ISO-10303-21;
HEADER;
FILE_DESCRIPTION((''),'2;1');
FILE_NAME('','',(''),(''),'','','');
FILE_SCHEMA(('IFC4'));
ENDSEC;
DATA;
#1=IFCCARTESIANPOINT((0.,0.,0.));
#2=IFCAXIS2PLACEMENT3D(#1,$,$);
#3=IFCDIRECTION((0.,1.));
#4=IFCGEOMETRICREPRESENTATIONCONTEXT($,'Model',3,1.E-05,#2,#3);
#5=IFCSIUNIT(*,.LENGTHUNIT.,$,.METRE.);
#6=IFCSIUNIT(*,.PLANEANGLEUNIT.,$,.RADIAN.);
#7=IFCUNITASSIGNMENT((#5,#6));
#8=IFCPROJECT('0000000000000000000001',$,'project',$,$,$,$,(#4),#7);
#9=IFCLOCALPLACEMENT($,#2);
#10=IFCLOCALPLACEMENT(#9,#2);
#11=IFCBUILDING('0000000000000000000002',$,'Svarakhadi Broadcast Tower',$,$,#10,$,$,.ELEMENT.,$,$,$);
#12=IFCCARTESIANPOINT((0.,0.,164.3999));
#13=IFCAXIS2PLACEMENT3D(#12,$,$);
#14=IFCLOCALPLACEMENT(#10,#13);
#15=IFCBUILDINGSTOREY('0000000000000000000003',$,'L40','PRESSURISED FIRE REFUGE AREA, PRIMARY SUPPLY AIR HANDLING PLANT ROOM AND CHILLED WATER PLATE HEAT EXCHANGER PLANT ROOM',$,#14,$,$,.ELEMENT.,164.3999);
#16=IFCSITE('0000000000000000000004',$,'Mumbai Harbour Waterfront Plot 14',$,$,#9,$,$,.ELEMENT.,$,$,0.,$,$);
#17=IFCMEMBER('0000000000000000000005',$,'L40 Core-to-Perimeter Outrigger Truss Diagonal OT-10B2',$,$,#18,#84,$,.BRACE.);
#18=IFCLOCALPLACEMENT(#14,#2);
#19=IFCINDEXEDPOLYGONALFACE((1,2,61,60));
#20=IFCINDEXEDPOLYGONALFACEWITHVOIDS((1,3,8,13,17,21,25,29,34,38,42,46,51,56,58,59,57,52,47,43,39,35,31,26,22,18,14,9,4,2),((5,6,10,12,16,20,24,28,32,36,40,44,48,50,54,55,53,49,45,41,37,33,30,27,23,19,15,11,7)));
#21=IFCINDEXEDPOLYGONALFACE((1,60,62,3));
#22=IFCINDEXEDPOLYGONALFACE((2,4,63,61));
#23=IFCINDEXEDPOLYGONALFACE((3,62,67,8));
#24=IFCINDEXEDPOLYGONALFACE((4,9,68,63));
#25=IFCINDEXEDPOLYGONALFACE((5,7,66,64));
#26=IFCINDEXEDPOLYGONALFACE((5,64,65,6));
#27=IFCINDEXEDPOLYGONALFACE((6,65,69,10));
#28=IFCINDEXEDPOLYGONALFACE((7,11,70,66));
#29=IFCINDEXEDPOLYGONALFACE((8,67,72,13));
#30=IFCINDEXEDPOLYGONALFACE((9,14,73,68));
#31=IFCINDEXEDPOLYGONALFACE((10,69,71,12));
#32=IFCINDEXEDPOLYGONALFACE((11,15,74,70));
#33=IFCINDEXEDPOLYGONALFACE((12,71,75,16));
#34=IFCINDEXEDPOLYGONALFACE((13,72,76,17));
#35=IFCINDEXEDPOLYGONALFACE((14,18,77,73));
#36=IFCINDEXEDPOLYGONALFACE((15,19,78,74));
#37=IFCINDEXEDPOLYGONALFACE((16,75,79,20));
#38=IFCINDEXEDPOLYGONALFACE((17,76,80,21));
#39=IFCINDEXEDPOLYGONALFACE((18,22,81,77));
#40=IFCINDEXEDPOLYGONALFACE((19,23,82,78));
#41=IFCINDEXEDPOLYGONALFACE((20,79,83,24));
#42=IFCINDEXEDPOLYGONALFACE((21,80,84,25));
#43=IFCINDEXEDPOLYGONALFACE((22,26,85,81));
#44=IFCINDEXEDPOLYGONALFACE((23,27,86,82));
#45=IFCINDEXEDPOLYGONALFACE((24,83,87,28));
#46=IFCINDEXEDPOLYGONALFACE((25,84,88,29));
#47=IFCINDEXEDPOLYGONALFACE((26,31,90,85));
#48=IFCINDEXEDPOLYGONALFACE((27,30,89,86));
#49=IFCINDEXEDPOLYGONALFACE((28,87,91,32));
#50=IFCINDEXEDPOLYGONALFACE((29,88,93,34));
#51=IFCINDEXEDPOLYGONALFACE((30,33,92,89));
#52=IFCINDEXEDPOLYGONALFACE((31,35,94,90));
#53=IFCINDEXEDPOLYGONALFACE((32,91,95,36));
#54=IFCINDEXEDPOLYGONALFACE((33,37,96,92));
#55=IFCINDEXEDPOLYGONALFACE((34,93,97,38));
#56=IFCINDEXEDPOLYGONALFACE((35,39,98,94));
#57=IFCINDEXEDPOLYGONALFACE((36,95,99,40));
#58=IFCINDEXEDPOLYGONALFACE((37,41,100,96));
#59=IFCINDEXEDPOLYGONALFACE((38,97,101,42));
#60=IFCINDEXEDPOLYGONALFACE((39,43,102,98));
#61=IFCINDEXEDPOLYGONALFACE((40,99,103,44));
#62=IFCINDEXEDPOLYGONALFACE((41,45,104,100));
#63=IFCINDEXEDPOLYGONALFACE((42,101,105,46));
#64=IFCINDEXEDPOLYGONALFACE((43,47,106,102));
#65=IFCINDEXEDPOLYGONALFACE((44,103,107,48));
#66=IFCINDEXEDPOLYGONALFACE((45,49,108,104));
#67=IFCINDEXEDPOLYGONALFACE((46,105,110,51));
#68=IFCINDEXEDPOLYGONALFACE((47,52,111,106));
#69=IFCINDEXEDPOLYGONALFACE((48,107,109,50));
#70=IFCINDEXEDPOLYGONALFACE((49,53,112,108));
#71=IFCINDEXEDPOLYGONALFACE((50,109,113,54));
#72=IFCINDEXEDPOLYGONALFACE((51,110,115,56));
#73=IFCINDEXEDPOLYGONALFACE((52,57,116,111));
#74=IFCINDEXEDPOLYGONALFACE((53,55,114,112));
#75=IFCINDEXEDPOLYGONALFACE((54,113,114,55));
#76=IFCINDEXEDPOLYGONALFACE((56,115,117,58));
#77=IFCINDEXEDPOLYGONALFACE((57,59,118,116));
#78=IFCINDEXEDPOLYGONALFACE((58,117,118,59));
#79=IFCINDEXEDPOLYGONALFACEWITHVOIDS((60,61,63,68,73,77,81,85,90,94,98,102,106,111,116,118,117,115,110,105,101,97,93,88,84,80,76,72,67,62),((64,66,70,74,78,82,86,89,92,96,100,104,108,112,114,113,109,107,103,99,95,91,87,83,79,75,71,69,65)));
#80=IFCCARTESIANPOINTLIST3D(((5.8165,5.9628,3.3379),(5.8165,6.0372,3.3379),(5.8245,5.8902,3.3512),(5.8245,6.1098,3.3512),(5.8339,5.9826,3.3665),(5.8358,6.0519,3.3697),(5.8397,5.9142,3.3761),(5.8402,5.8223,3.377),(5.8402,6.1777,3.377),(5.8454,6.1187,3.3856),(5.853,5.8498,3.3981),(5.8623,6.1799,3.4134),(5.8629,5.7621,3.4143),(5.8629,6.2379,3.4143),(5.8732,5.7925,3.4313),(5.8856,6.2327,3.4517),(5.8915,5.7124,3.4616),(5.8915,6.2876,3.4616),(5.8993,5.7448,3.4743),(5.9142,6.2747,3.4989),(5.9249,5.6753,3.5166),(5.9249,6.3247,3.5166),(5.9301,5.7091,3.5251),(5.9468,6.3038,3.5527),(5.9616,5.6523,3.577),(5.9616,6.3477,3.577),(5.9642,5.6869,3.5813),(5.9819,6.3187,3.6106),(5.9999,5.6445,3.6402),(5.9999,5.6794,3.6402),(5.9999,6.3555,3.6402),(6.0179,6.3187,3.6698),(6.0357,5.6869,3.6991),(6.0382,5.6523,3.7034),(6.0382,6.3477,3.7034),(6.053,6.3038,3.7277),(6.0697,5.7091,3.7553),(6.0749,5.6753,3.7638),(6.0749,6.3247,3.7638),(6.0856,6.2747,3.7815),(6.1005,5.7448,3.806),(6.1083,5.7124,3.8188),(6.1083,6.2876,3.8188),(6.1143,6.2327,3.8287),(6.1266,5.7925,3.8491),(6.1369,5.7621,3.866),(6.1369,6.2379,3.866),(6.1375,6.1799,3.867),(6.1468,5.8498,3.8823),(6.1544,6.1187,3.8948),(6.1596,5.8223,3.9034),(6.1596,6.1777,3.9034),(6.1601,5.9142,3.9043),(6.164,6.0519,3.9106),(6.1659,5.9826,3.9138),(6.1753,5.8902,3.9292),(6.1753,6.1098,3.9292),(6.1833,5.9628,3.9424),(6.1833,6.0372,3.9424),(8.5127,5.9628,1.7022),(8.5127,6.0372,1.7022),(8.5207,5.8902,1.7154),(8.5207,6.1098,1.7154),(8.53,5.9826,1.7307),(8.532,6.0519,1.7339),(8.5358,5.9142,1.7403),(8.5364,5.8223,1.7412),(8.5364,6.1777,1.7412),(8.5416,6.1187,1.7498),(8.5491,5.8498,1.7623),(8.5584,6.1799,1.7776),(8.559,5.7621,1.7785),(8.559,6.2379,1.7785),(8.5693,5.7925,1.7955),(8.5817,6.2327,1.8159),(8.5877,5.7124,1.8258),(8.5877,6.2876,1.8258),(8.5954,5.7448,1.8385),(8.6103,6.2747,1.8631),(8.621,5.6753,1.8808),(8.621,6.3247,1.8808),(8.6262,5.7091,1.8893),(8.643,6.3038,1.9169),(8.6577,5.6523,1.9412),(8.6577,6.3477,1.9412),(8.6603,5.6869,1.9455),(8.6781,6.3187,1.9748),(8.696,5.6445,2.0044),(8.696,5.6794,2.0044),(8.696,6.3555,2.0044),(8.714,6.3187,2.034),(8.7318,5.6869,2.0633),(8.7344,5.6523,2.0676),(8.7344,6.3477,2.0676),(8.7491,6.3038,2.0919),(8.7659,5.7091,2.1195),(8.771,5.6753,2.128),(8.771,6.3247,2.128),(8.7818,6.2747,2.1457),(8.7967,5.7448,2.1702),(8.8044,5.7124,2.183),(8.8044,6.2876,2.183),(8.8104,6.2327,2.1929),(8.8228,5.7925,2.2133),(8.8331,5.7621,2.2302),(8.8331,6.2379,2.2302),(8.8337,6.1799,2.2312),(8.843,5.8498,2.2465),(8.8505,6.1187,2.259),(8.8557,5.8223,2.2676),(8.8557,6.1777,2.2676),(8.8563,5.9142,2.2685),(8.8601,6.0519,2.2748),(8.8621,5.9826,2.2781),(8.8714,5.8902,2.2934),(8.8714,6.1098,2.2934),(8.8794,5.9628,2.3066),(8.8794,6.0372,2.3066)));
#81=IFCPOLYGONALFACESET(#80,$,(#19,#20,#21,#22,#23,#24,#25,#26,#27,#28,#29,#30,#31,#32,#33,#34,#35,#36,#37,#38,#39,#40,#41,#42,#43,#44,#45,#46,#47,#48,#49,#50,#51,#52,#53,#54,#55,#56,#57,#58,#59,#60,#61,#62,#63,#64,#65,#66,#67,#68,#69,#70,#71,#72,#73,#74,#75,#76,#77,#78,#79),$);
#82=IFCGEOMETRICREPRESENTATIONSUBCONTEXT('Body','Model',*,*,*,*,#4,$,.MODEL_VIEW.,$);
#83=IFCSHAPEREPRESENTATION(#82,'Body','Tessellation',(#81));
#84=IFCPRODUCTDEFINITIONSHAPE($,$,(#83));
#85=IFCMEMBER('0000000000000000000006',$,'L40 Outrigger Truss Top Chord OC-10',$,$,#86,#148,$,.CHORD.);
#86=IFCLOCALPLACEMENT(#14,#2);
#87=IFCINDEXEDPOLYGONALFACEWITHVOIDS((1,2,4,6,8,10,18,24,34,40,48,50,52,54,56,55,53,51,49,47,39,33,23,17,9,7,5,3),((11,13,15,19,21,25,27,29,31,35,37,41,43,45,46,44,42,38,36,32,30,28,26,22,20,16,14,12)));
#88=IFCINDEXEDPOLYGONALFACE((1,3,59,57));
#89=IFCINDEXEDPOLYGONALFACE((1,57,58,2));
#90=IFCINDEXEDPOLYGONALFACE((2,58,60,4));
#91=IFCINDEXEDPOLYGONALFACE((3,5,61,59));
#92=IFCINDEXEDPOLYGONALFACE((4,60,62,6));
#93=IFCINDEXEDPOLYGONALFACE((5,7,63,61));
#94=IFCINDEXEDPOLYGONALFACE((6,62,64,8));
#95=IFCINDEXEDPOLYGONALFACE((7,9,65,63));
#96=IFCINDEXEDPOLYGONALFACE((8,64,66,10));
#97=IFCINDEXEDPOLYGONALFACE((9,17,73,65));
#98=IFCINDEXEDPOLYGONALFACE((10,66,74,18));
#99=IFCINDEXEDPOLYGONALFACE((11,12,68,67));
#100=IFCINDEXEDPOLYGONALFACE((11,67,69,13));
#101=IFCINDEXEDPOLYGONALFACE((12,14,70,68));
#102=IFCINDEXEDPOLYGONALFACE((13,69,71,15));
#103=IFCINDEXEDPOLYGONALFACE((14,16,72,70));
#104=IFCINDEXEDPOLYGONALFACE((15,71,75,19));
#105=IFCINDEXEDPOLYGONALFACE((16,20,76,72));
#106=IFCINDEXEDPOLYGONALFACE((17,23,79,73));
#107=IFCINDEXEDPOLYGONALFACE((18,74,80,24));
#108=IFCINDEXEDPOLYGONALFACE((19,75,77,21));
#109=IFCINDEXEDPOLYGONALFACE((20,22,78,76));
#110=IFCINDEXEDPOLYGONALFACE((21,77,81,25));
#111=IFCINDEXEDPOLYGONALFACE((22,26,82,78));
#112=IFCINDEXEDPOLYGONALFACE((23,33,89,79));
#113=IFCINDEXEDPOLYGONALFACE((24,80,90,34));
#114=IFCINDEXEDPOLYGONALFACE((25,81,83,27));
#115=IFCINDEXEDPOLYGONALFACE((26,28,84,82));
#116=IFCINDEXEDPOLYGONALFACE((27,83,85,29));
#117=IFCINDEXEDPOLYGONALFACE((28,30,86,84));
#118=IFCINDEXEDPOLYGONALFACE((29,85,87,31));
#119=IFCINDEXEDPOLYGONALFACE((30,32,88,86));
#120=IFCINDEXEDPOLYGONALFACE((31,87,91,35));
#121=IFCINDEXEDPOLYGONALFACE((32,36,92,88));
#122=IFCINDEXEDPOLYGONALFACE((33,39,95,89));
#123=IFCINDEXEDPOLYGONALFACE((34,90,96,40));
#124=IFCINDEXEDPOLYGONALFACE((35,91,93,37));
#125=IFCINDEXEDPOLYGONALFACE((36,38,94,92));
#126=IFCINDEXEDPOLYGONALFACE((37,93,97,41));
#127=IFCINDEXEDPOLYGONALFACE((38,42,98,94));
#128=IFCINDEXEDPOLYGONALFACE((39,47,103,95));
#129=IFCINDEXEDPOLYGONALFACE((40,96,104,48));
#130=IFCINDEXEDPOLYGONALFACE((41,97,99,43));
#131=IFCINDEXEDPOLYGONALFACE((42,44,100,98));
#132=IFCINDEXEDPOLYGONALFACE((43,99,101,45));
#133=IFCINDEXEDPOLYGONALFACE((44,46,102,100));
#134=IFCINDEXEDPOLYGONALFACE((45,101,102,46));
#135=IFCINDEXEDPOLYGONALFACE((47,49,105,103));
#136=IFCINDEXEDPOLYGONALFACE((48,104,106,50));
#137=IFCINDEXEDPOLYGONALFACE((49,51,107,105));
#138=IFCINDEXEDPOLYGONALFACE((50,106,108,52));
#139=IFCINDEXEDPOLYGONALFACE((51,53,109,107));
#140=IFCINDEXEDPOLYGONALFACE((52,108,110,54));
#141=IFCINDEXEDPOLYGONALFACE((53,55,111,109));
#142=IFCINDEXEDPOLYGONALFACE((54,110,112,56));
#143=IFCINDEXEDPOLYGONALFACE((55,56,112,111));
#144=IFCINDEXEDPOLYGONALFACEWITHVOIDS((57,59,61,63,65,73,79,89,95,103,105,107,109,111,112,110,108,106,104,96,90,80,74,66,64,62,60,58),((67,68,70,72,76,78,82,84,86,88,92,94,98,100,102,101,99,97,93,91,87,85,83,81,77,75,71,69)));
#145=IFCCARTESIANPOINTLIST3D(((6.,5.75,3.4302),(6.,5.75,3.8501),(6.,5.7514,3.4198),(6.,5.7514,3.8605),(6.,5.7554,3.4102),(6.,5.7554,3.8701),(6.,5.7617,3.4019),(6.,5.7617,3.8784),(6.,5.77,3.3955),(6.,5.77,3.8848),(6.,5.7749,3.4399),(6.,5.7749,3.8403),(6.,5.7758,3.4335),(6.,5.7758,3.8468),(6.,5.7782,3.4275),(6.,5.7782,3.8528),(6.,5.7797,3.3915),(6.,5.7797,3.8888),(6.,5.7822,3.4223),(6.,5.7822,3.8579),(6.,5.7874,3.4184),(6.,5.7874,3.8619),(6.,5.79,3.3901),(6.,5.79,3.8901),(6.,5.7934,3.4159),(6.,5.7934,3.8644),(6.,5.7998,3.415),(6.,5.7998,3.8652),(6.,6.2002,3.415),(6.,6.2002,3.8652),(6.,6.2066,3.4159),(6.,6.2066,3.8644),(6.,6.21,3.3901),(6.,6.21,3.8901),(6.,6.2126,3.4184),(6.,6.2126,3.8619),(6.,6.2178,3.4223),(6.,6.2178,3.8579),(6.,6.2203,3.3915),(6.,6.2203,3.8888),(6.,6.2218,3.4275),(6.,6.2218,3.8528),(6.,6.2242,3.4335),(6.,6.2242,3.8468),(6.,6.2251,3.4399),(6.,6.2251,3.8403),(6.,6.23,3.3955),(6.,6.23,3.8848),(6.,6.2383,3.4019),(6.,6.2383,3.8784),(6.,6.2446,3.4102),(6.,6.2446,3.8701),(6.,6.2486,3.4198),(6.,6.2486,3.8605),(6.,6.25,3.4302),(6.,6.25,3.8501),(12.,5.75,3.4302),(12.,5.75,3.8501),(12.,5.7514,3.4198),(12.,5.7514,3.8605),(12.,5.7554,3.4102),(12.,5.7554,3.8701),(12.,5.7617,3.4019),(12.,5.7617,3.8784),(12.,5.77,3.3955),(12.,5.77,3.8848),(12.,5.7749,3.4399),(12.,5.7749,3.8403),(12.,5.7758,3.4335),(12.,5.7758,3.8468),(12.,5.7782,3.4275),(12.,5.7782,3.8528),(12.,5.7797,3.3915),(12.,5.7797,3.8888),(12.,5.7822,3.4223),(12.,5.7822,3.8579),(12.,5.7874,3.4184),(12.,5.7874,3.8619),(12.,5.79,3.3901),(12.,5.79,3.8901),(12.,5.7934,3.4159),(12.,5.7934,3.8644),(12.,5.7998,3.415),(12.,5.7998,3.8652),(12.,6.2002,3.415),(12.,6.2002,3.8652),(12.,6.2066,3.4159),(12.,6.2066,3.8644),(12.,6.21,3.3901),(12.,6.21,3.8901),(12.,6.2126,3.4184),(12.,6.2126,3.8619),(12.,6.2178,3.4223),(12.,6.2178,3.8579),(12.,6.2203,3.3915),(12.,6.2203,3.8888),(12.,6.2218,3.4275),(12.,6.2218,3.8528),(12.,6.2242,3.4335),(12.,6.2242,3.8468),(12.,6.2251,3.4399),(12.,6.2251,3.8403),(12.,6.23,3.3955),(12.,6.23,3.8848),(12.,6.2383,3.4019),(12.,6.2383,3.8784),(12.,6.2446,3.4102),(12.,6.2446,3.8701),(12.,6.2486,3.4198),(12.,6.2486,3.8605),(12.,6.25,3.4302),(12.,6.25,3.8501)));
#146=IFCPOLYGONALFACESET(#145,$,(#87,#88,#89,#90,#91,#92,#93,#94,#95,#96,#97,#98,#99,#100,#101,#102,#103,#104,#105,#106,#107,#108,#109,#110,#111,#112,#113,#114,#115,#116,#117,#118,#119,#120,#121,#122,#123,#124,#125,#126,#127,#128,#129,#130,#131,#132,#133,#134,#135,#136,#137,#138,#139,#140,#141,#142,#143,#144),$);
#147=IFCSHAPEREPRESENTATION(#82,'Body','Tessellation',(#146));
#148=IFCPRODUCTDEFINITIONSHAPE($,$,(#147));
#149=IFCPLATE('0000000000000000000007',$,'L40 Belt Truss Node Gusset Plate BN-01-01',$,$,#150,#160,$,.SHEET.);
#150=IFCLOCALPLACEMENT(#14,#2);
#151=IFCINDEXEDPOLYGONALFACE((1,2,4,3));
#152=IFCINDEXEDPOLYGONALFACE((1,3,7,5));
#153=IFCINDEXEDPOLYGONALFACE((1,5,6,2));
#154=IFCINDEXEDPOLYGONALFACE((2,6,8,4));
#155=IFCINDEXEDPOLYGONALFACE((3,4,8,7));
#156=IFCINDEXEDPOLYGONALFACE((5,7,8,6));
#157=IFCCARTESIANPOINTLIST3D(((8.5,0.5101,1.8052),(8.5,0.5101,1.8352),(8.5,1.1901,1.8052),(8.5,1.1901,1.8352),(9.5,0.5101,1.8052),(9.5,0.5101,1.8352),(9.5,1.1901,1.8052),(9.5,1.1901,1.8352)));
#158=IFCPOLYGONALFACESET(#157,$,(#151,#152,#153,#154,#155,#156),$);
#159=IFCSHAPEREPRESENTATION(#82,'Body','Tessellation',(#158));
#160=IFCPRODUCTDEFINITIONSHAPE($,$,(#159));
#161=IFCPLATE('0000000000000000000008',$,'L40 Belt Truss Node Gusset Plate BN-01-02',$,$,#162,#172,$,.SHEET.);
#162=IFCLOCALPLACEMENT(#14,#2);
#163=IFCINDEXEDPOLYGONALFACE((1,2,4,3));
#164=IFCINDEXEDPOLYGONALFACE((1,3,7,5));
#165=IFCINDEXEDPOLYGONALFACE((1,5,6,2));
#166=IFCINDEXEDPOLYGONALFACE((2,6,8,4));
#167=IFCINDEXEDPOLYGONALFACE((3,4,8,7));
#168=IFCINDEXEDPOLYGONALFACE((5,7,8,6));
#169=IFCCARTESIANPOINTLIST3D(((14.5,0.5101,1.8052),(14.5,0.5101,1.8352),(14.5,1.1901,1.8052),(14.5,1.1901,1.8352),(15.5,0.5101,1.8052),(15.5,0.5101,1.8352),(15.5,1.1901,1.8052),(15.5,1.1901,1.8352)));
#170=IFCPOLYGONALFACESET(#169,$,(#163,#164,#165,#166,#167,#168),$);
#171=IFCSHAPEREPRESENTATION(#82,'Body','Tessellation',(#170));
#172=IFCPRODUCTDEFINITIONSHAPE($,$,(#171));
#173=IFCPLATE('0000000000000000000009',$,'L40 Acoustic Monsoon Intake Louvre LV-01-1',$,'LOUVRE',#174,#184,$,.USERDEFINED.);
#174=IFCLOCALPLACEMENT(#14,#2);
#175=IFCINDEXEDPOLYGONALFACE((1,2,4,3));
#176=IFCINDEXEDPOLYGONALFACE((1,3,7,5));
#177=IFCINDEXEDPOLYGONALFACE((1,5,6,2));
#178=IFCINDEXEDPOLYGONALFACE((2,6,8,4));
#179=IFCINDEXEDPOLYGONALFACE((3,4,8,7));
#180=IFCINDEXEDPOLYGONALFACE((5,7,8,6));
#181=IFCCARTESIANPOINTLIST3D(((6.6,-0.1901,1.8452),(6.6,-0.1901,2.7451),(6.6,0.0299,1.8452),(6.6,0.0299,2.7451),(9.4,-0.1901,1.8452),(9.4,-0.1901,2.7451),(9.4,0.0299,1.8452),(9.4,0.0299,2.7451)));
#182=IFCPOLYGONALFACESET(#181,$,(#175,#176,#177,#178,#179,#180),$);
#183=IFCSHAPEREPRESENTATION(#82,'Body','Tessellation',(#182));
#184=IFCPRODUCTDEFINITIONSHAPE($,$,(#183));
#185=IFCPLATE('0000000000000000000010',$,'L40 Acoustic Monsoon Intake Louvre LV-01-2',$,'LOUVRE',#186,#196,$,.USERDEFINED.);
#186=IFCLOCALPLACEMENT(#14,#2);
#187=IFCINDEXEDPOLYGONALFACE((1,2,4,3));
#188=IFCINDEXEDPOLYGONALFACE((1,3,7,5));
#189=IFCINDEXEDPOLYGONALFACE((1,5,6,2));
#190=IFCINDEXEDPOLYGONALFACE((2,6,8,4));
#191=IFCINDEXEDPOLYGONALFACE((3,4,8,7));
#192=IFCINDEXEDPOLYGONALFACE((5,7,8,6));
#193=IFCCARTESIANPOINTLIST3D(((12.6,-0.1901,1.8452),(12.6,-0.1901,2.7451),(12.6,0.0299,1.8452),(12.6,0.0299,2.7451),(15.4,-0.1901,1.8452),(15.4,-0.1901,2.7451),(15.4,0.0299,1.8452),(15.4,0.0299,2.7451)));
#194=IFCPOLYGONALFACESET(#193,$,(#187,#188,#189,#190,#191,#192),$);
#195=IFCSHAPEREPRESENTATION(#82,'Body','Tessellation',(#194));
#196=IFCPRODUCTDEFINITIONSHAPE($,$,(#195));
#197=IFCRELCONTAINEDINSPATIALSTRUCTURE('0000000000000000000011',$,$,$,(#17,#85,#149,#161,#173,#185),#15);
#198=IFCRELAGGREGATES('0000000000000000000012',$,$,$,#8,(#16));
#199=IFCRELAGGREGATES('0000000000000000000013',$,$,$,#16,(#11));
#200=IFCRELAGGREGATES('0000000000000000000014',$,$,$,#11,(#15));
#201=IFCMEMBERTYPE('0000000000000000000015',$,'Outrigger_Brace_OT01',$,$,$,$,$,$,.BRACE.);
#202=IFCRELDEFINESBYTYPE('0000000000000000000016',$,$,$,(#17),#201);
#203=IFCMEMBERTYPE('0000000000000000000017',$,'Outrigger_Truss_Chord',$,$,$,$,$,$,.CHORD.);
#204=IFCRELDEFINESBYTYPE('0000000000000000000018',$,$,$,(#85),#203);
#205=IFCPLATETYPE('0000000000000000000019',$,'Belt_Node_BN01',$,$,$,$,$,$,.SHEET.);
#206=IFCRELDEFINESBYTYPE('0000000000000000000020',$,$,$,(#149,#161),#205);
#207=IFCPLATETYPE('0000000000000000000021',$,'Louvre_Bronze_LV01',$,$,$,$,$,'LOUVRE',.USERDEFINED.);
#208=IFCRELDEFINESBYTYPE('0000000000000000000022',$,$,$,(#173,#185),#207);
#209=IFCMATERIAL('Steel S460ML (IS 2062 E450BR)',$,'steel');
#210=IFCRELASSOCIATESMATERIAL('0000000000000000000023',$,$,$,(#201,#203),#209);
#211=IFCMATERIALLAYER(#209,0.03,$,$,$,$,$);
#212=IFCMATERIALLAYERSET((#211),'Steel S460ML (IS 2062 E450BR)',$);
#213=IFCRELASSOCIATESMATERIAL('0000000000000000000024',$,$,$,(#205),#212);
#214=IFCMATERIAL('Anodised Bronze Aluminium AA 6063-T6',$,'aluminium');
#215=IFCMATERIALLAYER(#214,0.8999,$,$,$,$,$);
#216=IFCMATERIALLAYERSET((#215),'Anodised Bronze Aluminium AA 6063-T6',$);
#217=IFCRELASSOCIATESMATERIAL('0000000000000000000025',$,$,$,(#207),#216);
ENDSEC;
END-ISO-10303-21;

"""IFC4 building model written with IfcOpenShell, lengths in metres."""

from ifc_helpers import new_model, si_unit, direction, frame, origin, origin_2d, place, context, subcontext, project, spatial, rectangle, hollow_rectangle, hollow_circle, extrude, material, layer, layer_set, material_profile, profile_set, type_object, element, save


model = new_model("IFC4")

# Units and contexts
model_context = context("Model", 3, precision=1e-05, world=origin(), true_north=direction((0.0, 1.0)))
body_context = subcontext(model_context, "Body", "Model", "MODEL_VIEW")
ifc_project = project(units=[si_unit("LENGTHUNIT", "METRE"), si_unit("PLANEANGLEUNIT", "RADIAN")], contexts=[model_context])

# Site, building, storey
site_placement = place(None, origin())
site = spatial("IfcSite", under=ifc_project, at=site_placement, Name="Mumbai Harbour Waterfront Plot 14", CompositionType="ELEMENT", RefElevation=0.0)
building_placement = place(site_placement, origin())
building = spatial("IfcBuilding", under=site, at=building_placement, Name="Svarakhadi Broadcast Tower", CompositionType="ELEMENT")
storey_placement = place(building_placement, frame((0.0, 0.0, 164.3999)))
storey = spatial("IfcBuildingStorey", under=building, at=storey_placement, Name="L40", Description="PRESSURISED FIRE REFUGE AREA, PRIMARY SUPPLY AIR HANDLING PLANT ROOM AND CHILLED WATER PLATE HEAT EXCHANGER PLANT ROOM", CompositionType="ELEMENT", Elevation=164.3999)

# Shared definitions
ifc_material_1 = material(Name="Steel S460ML (IS 2062 E450BR)", Category="steel")

# Members
ifc_material_profile_1 = material_profile(ifc_material_1, hollow_circle(Radius=0.3555, WallThickness=0.0349, at=origin_2d()), Name="CHS 711x35")
ifc_profile_set_1 = profile_set([ifc_material_profile_1], Name="Steel S460ML (IS 2062 E450BR)")
member_type_1 = type_object("IfcMemberType", Name="Outrigger_Brace_OT01", PredefinedType="BRACE", material=ifc_profile_set_1)
for number, where, z_axis, x_axis, name in (
    (1, (8.696, 6.0, 2.0044), (-0.854948, 0.0, 0.518713), (0.0, -1.0, 0.0), "L40 Core-to-Perimeter Outrigger Truss Diagonal OT-10B2"),
):
    element("IfcMember", number, at=place(storey_placement, frame(where, z_axis=z_axis, x_axis=x_axis)), inside=storey, type_object=member_type_1, Name=name, PredefinedType="BRACE", context=body_context, shape_type="SweptSolid", body=[
        extrude(hollow_circle(Radius=0.3555, WallThickness=0.0349, at=origin_2d()), origin(), (0.0, 0.0, 1.0), 3.1536),
    ])
ifc_material_profile_2 = material_profile(ifc_material_1, hollow_rectangle(XDim=0.5, YDim=0.5, WallThickness=0.0249, InnerFilletRadius=0.0249, OuterFilletRadius=0.04, at=origin_2d()), Name="SHS 500x500x25")
ifc_profile_set_2 = profile_set([ifc_material_profile_2], Name="Steel S460ML (IS 2062 E450BR)")
member_type_2 = type_object("IfcMemberType", Name="Outrigger_Truss_Chord", PredefinedType="CHORD", material=ifc_profile_set_2)
member_1_placement = place(storey_placement, frame((6.0, 6.0, 3.6401), z_axis=(1.0, 0.0, 0.0), x_axis=(0.0, 1.0, 0.0)))
element("IfcMember", 2, at=member_1_placement, inside=storey, type_object=member_type_2, Name="L40 Outrigger Truss Top Chord OC-10", PredefinedType="CHORD", context=body_context, shape_type="SweptSolid", body=[
    extrude(hollow_rectangle(XDim=0.5, YDim=0.5, WallThickness=0.0249, InnerFilletRadius=0.0249, OuterFilletRadius=0.04, at=origin_2d()), origin(), (0.0, 0.0, 1.0), 6.0),
])

# Plates
ifc_layer_1 = layer(ifc_material_1, 0.03)
ifc_layer_set_1 = layer_set([ifc_layer_1], Name="Steel S460ML (IS 2062 E450BR)")
plate_type_1 = type_object("IfcPlateType", Name="Belt_Node_BN01", PredefinedType="SHEET", material=ifc_layer_set_1)
for number, where, z_axis, x_axis, name in (
    (3, (9.0, 0.8501, 1.8052), (0.0, 0.0, 1.0), (1.0, 0.0, 0.0), "L40 Belt Truss Node Gusset Plate BN-01-01"),
    (4, (15.0, 0.8501, 1.8052), (0.0, 0.0, 1.0), (1.0, 0.0, 0.0), "L40 Belt Truss Node Gusset Plate BN-01-02"),
):
    element("IfcPlate", number, at=place(storey_placement, frame(where, z_axis=z_axis, x_axis=x_axis)), inside=storey, type_object=plate_type_1, Name=name, PredefinedType="SHEET", context=body_context, shape_type="SweptSolid", body=[
        extrude(rectangle(XDim=1.0, YDim=0.6799, at=origin_2d()), origin(), (0.0, 0.0, 1.0), 0.03),
    ])
ifc_material_2 = material(Name="Anodised Bronze Aluminium AA 6063-T6", Category="aluminium")
ifc_layer_2 = layer(ifc_material_2, 0.8999)
ifc_layer_set_2 = layer_set([ifc_layer_2], Name="Anodised Bronze Aluminium AA 6063-T6")
plate_type_2 = type_object("IfcPlateType", Name="Louvre_Bronze_LV01", ElementType="LOUVRE", PredefinedType="USERDEFINED", material=ifc_layer_set_2)
for number, where, z_axis, x_axis, name in (
    (5, (8.0, -0.0801, 1.8452), (0.0, 0.0, 1.0), (1.0, 0.0, 0.0), "L40 Acoustic Monsoon Intake Louvre LV-01-1"),
    (6, (14.0, -0.0801, 1.8452), (0.0, 0.0, 1.0), (1.0, 0.0, 0.0), "L40 Acoustic Monsoon Intake Louvre LV-01-2"),
):
    element("IfcPlate", number, at=place(storey_placement, frame(where, z_axis=z_axis, x_axis=x_axis)), inside=storey, type_object=plate_type_2, Name=name, ObjectType="LOUVRE", PredefinedType="USERDEFINED", context=body_context, shape_type="SweptSolid", body=[
        extrude(rectangle(XDim=2.8, YDim=0.22, at=origin_2d()), origin(), (0.0, 0.0, 1.0), 0.8999),
    ])

save(model, "model.ifc")
